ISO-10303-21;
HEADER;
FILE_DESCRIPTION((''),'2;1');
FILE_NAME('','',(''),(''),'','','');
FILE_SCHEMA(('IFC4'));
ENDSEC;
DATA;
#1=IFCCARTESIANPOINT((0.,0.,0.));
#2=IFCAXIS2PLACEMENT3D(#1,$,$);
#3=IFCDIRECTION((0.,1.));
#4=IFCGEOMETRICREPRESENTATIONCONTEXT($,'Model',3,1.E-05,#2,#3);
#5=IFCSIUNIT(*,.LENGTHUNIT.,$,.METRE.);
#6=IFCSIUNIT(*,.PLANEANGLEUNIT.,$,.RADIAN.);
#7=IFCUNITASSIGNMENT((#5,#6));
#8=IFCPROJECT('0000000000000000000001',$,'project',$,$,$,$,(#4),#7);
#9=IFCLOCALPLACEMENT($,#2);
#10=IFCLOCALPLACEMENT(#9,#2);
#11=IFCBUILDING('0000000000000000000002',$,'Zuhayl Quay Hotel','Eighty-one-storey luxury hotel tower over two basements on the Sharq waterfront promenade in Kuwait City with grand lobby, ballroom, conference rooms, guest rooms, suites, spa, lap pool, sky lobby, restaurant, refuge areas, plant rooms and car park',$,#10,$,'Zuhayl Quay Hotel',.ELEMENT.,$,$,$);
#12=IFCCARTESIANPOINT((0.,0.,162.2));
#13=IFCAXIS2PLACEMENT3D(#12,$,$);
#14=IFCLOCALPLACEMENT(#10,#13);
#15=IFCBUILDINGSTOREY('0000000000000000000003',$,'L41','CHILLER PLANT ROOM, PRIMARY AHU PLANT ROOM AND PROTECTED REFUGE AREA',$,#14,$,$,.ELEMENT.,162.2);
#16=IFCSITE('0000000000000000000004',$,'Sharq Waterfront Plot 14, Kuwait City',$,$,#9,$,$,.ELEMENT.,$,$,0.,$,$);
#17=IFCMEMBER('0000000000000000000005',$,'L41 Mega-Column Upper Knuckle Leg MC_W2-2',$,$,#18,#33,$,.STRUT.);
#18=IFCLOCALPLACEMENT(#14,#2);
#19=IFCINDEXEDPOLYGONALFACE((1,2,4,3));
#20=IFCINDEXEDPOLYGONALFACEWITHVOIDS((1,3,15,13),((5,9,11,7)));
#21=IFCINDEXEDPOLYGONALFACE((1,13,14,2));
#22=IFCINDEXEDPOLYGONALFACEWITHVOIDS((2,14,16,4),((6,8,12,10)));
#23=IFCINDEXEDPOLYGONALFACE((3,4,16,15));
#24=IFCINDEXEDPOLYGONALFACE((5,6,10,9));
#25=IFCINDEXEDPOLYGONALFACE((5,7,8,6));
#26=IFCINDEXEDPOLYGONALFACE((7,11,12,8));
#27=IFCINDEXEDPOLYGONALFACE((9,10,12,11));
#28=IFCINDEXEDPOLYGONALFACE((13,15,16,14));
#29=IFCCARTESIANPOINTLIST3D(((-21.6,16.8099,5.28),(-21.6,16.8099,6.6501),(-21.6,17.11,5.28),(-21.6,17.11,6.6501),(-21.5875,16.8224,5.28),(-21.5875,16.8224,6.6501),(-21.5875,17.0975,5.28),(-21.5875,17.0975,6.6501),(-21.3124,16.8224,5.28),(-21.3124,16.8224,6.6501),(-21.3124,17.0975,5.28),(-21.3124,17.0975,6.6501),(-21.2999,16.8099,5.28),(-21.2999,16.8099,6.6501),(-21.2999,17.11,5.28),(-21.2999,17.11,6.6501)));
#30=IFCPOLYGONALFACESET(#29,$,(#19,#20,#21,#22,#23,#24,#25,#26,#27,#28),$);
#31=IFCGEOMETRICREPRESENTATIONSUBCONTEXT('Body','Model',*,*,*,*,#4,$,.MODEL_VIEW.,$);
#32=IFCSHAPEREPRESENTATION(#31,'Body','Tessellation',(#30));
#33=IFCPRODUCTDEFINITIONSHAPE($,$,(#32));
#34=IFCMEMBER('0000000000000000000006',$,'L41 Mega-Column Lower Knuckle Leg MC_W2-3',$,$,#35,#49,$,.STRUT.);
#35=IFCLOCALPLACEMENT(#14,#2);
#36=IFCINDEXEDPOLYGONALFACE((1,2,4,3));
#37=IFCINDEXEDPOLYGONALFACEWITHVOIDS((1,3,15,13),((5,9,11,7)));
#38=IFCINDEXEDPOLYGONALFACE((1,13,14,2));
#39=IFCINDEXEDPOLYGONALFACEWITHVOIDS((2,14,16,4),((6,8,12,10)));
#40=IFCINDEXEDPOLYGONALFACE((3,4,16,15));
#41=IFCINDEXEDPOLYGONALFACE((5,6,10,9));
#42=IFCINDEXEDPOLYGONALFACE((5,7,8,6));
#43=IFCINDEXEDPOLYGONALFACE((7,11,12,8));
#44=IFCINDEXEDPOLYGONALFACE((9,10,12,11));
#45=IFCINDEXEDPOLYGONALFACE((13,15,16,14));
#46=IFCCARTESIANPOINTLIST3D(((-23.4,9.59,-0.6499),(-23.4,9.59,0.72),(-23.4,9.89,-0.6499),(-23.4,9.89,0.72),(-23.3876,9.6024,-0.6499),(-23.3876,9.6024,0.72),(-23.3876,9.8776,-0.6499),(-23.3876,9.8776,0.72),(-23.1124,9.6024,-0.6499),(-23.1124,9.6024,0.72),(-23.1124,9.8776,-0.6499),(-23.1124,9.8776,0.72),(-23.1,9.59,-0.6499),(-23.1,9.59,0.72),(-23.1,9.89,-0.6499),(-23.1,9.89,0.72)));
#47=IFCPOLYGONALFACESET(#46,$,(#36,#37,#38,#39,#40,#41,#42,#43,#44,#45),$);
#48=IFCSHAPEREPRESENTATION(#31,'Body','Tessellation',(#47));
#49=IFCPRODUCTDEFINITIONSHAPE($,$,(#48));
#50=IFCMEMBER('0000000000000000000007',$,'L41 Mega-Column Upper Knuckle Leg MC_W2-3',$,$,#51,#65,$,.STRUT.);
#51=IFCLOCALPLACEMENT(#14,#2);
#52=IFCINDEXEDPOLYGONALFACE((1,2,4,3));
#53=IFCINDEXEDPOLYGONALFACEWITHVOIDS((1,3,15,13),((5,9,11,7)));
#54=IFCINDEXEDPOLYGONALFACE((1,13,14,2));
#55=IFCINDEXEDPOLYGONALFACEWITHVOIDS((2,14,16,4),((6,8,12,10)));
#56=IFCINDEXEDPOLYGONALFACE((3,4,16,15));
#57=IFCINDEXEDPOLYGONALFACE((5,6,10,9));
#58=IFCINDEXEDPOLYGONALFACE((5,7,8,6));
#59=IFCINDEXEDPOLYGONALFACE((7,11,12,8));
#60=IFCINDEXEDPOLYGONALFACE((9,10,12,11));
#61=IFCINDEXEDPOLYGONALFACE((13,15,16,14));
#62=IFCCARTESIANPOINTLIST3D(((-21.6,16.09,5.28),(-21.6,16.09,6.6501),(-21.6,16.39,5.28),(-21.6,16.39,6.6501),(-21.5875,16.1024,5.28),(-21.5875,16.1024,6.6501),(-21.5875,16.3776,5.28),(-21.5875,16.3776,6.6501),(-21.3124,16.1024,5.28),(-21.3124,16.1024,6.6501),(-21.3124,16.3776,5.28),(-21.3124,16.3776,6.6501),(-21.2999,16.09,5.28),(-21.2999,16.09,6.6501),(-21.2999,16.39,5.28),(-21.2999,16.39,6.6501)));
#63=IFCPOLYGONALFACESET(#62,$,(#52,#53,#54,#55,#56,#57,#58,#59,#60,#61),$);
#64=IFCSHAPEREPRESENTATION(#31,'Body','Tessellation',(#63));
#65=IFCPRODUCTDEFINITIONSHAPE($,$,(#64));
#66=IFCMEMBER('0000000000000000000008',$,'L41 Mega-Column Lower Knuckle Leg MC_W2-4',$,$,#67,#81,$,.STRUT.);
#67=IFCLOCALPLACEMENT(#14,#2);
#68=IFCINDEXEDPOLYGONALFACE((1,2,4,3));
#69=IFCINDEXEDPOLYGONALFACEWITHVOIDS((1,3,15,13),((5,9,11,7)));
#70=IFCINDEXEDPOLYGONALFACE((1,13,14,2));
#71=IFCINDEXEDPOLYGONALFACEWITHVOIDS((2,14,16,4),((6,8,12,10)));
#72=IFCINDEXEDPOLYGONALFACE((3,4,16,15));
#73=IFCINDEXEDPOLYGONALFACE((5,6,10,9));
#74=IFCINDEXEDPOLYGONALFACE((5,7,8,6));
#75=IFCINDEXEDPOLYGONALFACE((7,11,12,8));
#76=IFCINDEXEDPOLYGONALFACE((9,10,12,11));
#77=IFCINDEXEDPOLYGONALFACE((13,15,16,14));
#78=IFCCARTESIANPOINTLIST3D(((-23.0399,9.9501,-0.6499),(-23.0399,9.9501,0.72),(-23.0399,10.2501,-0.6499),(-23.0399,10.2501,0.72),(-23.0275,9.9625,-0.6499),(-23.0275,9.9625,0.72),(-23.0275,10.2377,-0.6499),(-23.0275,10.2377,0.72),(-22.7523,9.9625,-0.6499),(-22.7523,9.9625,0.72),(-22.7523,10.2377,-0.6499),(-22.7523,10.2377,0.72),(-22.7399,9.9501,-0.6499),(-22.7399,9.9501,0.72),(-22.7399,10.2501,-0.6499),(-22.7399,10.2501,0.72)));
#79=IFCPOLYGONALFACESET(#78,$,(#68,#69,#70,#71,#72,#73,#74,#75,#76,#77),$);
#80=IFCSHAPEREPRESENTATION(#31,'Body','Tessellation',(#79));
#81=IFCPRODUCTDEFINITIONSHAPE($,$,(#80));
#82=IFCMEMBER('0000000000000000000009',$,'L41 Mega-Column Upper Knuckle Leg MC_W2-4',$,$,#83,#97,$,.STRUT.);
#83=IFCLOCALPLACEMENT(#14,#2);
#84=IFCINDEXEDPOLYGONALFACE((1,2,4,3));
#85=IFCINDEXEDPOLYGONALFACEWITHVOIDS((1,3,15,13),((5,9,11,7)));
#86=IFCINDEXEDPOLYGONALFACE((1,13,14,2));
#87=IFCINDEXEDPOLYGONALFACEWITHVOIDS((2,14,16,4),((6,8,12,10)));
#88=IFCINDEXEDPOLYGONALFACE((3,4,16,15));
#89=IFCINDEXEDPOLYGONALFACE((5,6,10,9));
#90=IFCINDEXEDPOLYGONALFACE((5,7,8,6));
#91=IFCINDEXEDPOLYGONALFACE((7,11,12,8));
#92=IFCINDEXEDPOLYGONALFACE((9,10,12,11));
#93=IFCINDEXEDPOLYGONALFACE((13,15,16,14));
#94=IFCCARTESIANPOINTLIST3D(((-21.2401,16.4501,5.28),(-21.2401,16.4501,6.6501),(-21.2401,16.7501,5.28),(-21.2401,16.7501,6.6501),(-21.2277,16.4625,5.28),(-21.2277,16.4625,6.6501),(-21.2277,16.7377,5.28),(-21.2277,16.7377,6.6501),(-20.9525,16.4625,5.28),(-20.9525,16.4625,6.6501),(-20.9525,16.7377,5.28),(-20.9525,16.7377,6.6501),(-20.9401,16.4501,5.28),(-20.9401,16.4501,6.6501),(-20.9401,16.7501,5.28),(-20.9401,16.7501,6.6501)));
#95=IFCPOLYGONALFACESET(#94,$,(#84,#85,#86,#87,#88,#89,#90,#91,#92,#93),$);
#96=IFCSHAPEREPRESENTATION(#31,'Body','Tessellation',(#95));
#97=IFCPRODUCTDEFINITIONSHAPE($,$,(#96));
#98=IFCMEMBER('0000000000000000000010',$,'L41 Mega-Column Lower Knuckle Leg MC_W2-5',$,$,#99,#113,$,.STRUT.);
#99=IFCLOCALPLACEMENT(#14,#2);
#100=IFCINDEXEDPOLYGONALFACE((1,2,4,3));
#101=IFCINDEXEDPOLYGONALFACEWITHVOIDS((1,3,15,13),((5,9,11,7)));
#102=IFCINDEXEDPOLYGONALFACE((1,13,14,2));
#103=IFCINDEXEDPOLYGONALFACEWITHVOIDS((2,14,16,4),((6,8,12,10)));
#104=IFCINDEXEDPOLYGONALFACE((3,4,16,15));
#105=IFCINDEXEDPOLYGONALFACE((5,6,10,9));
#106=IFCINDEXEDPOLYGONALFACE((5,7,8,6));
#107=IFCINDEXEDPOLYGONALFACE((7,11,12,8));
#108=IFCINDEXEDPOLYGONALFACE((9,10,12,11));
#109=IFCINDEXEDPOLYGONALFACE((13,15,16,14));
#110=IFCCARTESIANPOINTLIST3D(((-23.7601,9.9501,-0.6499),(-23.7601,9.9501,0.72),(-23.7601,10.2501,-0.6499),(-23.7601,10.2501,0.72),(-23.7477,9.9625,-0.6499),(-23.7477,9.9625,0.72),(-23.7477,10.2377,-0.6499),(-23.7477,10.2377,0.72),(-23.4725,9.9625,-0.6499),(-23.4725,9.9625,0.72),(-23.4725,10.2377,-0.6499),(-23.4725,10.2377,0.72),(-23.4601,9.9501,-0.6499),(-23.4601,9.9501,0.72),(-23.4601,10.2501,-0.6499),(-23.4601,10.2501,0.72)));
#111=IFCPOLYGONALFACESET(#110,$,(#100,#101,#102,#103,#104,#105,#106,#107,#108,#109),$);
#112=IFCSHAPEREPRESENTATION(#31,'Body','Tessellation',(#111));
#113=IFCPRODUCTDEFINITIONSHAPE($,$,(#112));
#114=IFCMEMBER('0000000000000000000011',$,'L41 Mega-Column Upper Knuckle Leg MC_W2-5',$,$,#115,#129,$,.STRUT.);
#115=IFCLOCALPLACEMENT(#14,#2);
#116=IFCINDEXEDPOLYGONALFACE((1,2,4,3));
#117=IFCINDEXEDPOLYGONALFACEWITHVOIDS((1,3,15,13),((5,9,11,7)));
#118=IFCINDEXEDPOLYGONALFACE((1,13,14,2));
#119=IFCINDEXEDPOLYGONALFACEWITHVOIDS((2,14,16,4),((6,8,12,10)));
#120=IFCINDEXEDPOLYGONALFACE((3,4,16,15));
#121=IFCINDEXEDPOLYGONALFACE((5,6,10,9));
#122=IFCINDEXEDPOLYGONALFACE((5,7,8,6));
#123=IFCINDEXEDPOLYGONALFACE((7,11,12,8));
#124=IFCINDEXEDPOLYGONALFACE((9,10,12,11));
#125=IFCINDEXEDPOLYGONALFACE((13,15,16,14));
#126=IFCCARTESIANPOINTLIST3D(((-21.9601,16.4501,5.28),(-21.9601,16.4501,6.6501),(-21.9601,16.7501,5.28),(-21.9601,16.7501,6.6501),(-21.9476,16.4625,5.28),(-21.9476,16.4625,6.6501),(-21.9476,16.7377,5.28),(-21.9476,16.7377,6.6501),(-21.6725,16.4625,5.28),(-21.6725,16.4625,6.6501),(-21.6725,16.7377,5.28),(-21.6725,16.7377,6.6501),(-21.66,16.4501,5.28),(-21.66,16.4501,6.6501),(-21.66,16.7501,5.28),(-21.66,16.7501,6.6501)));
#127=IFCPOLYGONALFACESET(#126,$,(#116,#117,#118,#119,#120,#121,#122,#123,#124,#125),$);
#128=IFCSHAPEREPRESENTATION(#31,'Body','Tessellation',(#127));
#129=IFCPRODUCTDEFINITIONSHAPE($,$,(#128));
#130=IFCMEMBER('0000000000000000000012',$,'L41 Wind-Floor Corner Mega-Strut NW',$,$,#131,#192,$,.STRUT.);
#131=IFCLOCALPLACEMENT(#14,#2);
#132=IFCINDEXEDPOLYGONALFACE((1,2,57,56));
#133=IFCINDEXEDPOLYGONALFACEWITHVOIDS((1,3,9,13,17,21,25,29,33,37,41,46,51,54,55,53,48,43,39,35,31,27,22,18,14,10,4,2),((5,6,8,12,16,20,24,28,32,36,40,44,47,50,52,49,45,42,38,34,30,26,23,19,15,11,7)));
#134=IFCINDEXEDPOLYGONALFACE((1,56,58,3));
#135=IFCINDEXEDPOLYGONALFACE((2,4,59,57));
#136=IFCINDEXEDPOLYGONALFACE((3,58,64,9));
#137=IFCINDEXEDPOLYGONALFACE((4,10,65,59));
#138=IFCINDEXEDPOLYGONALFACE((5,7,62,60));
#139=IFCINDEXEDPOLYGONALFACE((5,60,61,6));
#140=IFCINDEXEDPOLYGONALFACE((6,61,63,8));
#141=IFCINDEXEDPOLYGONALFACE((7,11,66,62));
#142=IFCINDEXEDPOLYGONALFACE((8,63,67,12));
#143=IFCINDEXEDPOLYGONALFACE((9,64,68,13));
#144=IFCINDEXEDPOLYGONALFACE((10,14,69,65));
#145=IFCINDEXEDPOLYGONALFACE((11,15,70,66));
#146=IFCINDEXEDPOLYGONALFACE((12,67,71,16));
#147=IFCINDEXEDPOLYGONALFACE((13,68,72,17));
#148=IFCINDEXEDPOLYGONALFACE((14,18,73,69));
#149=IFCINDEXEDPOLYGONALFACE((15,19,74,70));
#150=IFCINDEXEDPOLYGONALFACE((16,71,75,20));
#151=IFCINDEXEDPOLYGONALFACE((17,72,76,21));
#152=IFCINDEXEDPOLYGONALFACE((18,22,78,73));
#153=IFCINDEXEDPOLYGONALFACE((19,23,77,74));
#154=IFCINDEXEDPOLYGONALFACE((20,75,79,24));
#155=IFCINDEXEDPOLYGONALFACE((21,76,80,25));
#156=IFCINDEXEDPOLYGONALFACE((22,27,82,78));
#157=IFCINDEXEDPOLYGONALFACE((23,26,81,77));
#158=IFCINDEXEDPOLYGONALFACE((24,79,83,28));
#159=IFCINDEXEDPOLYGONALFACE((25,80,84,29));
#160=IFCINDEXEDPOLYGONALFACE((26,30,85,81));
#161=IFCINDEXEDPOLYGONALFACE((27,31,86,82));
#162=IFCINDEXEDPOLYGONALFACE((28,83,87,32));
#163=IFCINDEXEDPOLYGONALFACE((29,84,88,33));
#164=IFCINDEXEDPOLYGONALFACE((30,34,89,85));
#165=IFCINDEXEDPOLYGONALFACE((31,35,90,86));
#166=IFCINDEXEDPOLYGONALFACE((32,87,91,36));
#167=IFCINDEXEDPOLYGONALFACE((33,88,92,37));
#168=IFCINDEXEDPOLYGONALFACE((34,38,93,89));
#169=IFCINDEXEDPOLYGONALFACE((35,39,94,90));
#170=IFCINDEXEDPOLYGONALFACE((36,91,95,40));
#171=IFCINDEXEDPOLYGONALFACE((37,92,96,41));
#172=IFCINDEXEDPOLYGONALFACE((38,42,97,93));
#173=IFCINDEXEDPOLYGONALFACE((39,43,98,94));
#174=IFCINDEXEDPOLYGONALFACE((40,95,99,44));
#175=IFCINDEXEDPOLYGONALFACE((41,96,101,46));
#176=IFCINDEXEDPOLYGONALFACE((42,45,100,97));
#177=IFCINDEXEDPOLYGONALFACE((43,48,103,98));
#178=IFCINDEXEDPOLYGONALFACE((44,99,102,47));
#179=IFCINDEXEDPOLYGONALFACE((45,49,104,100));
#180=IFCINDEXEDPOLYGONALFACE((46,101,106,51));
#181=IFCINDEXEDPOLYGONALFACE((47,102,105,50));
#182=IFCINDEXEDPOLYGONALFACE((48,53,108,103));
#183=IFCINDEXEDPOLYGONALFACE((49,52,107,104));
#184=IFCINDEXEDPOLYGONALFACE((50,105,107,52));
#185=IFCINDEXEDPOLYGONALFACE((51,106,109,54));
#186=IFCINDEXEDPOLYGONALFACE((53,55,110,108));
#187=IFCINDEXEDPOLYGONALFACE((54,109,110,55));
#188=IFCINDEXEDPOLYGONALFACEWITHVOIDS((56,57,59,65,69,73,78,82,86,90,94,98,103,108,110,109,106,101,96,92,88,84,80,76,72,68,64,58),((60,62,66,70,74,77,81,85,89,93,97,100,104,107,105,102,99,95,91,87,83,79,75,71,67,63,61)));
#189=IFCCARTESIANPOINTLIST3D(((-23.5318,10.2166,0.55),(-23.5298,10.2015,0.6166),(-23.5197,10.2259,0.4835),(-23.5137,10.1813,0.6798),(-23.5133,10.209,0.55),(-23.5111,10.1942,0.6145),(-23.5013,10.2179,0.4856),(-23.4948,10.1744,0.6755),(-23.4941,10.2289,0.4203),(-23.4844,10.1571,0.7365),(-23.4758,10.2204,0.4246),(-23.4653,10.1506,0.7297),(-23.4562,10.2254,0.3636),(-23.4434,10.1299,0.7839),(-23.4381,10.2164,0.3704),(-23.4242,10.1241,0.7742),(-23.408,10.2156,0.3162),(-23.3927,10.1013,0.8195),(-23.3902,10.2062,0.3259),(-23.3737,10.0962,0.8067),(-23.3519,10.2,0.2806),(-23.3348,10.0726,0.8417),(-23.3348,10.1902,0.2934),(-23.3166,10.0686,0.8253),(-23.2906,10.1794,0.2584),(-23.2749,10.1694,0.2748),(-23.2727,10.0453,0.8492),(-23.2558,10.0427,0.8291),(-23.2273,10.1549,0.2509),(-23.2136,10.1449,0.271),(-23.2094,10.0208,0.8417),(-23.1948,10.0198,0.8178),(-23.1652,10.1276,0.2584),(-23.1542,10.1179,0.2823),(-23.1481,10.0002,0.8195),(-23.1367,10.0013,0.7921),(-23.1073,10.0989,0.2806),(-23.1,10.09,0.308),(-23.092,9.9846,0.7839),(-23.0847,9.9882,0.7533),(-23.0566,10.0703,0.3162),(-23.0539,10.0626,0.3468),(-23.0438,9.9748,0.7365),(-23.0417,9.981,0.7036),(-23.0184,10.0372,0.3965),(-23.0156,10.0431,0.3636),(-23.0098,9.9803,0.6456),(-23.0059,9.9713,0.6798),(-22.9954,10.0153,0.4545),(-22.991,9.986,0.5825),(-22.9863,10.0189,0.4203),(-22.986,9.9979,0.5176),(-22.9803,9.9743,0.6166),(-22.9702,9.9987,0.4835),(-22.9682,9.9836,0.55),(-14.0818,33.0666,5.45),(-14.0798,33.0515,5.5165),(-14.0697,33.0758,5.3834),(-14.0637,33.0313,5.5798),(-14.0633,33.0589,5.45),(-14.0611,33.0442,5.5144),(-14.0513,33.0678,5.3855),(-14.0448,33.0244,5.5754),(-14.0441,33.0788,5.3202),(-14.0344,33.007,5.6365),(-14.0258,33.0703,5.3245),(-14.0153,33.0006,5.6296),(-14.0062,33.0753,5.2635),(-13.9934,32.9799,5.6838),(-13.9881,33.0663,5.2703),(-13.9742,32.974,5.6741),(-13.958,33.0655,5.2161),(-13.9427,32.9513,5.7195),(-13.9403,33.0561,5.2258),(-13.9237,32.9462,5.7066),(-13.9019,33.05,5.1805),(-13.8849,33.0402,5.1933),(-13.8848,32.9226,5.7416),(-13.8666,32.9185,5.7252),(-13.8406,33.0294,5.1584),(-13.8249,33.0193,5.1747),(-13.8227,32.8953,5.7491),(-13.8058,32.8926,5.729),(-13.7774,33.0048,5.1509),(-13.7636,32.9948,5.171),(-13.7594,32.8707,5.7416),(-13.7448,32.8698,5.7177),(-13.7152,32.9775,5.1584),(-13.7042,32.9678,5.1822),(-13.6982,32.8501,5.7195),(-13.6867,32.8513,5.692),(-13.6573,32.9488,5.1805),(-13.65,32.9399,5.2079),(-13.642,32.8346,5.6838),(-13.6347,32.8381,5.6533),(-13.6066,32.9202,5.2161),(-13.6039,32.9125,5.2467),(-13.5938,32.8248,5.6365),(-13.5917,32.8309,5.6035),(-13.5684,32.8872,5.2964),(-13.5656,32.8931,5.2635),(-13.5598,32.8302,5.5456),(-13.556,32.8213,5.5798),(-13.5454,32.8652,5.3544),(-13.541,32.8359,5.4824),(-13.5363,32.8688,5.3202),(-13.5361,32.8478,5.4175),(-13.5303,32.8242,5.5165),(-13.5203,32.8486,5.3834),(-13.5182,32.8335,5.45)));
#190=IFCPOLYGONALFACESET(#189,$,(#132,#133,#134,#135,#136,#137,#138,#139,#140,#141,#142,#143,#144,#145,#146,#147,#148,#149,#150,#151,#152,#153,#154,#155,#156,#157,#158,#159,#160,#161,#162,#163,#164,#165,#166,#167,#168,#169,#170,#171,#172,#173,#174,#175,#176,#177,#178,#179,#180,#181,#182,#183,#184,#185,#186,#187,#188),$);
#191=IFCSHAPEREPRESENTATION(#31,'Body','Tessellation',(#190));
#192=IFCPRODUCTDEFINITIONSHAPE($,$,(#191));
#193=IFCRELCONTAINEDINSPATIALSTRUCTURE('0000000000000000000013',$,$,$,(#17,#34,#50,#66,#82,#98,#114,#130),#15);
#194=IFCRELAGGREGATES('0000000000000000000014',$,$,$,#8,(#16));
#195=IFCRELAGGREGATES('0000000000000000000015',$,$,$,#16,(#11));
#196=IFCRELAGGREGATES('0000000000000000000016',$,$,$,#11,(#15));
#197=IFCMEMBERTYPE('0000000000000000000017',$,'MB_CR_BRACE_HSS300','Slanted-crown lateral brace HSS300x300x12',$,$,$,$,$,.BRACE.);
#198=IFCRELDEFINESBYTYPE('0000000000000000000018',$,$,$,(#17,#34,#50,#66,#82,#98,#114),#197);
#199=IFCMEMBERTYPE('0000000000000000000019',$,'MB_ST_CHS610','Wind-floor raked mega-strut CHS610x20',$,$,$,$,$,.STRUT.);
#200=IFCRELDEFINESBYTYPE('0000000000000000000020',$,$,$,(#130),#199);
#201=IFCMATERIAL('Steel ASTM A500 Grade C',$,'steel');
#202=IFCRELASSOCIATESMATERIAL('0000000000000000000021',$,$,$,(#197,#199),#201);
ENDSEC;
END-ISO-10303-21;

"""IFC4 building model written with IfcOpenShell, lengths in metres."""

from ifc_helpers import new_model, si_unit, direction, frame, origin, origin_2d, place, context, subcontext, project, spatial, hollow_rectangle, hollow_circle, extrude, material, material_profile, profile_set, type_object, element, save


model = new_model("IFC4")

# Units and contexts
model_context = context("Model", 3, precision=1e-05, world=origin(), true_north=direction((0.0, 1.0)))
body_context = subcontext(model_context, "Body", "Model", "MODEL_VIEW")
ifc_project = project(units=[si_unit("LENGTHUNIT", "METRE"), si_unit("PLANEANGLEUNIT", "RADIAN")], contexts=[model_context])

# Site, building, storey
site_placement = place(None, origin())
site = spatial("IfcSite", under=ifc_project, at=site_placement, Name="Sharq Waterfront Plot 14, Kuwait City", CompositionType="ELEMENT", RefElevation=0.0)
building_placement = place(site_placement, origin())
building = spatial("IfcBuilding", under=site, at=building_placement, Name="Zuhayl Quay Hotel", Description="Eighty-one-storey luxury hotel tower over two basements on the Sharq waterfront promenade in Kuwait City with grand lobby, ballroom, conference rooms, guest rooms, suites, spa, lap pool, sky lobby, restaurant, refuge areas, plant rooms and car park", LongName="Zuhayl Quay Hotel", CompositionType="ELEMENT")
storey_placement = place(building_placement, frame((0.0, 0.0, 162.2)))
storey = spatial("IfcBuildingStorey", under=building, at=storey_placement, Name="L41", Description="CHILLER PLANT ROOM, PRIMARY AHU PLANT ROOM AND PROTECTED REFUGE AREA", CompositionType="ELEMENT", Elevation=162.2)

# Members
ifc_material_1 = material(Name="Steel ASTM A500 Grade C", Category="steel")
ifc_material_profile_1 = material_profile(ifc_material_1, hollow_rectangle(XDim=0.3, YDim=0.3, WallThickness=0.0125, at=origin_2d()), Name="HSS300X300X12")
ifc_profile_set_1 = profile_set([ifc_material_profile_1], Name="Steel ASTM A500 Grade C")
member_type_1 = type_object("IfcMemberType", Name="MB_CR_BRACE_HSS300", Description="Slanted-crown lateral brace HSS300x300x12", PredefinedType="BRACE", material=ifc_profile_set_1)
member_1_placement = place(storey_placement, frame((-21.45, 16.96, 5.28), z_axis=(0.0, 0.0, 1.0), x_axis=(1.0, 0.0, 0.0)))
element("IfcMember", 1, at=member_1_placement, inside=storey, type_object=member_type_1, Name="L41 Mega-Column Upper Knuckle Leg MC_W2-2", PredefinedType="STRUT", context=body_context, shape_type="SweptSolid", body=[
    extrude(hollow_rectangle(XDim=0.3, YDim=0.3, WallThickness=0.0125, at=origin_2d()), origin(), (0.0, 0.0, 1.0), 1.3701),
])
member_2_placement = place(storey_placement, frame((-23.25, 9.74, -0.6499), z_axis=(0.0, 0.0, 1.0), x_axis=(1.0, 0.0, 0.0)))
element("IfcMember", 2, at=member_2_placement, inside=storey, type_object=member_type_1, Name="L41 Mega-Column Lower Knuckle Leg MC_W2-3", PredefinedType="STRUT", context=body_context, shape_type="SweptSolid", body=[
    extrude(hollow_rectangle(XDim=0.3, YDim=0.3, WallThickness=0.0125, at=origin_2d()), origin(), (0.0, 0.0, 1.0), 1.3699),
])
member_3_placement = place(storey_placement, frame((-21.45, 16.24, 5.28), z_axis=(0.0, 0.0, 1.0), x_axis=(1.0, 0.0, 0.0)))
element("IfcMember", 3, at=member_3_placement, inside=storey, type_object=member_type_1, Name="L41 Mega-Column Upper Knuckle Leg MC_W2-3", PredefinedType="STRUT", context=body_context, shape_type="SweptSolid", body=[
    extrude(hollow_rectangle(XDim=0.3, YDim=0.3, WallThickness=0.0125, at=origin_2d()), origin(), (0.0, 0.0, 1.0), 1.3701),
])
member_4_placement = place(storey_placement, frame((-22.8899, 10.1001, -0.6499), z_axis=(0.0, 0.0, 1.0), x_axis=(1.0, 0.0, 0.0)))
element("IfcMember", 4, at=member_4_placement, inside=storey, type_object=member_type_1, Name="L41 Mega-Column Lower Knuckle Leg MC_W2-4", PredefinedType="STRUT", context=body_context, shape_type="SweptSolid", body=[
    extrude(hollow_rectangle(XDim=0.3, YDim=0.3, WallThickness=0.0125, at=origin_2d()), origin(), (0.0, 0.0, 1.0), 1.3699),
])
member_5_placement = place(storey_placement, frame((-21.0901, 16.6001, 5.28), z_axis=(0.0, 0.0, 1.0), x_axis=(1.0, 0.0, 0.0)))
element("IfcMember", 5, at=member_5_placement, inside=storey, type_object=member_type_1, Name="L41 Mega-Column Upper Knuckle Leg MC_W2-4", PredefinedType="STRUT", context=body_context, shape_type="SweptSolid", body=[
    extrude(hollow_rectangle(XDim=0.3, YDim=0.3, WallThickness=0.0125, at=origin_2d()), origin(), (0.0, 0.0, 1.0), 1.3701),
])
member_6_placement = place(storey_placement, frame((-23.6101, 10.1001, -0.6499), z_axis=(0.0, 0.0, 1.0), x_axis=(1.0, 0.0, 0.0)))
element("IfcMember", 6, at=member_6_placement, inside=storey, type_object=member_type_1, Name="L41 Mega-Column Lower Knuckle Leg MC_W2-5", PredefinedType="STRUT", context=body_context, shape_type="SweptSolid", body=[
    extrude(hollow_rectangle(XDim=0.3, YDim=0.3, WallThickness=0.0125, at=origin_2d()), origin(), (0.0, 0.0, 1.0), 1.3699),
])
member_7_placement = place(storey_placement, frame((-21.8101, 16.6001, 5.28), z_axis=(0.0, 0.0, 1.0), x_axis=(1.0, 0.0, 0.0)))
element("IfcMember", 7, at=member_7_placement, inside=storey, type_object=member_type_1, Name="L41 Mega-Column Upper Knuckle Leg MC_W2-5", PredefinedType="STRUT", context=body_context, shape_type="SweptSolid", body=[
    extrude(hollow_rectangle(XDim=0.3, YDim=0.3, WallThickness=0.0125, at=origin_2d()), origin(), (0.0, 0.0, 1.0), 1.3701),
])
ifc_material_profile_2 = material_profile(ifc_material_1, hollow_circle(Radius=0.3049, WallThickness=0.02, at=origin_2d()), Name="CHS610X20")
ifc_profile_set_2 = profile_set([ifc_material_profile_2], Name="Steel ASTM A500 Grade C")
member_type_2 = type_object("IfcMemberType", Name="MB_ST_CHS610", Description="Wind-floor raked mega-strut CHS610x20", PredefinedType="STRUT", material=ifc_profile_set_2)
member_8_placement = place(storey_placement, frame((-23.25, 10.1001, 0.55), z_axis=(0.374884, 0.906464, 0.194381), x_axis=(-0.924091, 0.382174, 0.0)))
element("IfcMember", 8, at=member_8_placement, inside=storey, type_object=member_type_2, Name="L41 Wind-Floor Corner Mega-Strut NW", PredefinedType="STRUT", context=body_context, shape_type="SweptSolid", body=[
    extrude(hollow_circle(Radius=0.3049, WallThickness=0.02, at=origin_2d()), origin(), (0.0, 0.0, 1.0), 25.2078),
])

save(model, "model.ifc")
